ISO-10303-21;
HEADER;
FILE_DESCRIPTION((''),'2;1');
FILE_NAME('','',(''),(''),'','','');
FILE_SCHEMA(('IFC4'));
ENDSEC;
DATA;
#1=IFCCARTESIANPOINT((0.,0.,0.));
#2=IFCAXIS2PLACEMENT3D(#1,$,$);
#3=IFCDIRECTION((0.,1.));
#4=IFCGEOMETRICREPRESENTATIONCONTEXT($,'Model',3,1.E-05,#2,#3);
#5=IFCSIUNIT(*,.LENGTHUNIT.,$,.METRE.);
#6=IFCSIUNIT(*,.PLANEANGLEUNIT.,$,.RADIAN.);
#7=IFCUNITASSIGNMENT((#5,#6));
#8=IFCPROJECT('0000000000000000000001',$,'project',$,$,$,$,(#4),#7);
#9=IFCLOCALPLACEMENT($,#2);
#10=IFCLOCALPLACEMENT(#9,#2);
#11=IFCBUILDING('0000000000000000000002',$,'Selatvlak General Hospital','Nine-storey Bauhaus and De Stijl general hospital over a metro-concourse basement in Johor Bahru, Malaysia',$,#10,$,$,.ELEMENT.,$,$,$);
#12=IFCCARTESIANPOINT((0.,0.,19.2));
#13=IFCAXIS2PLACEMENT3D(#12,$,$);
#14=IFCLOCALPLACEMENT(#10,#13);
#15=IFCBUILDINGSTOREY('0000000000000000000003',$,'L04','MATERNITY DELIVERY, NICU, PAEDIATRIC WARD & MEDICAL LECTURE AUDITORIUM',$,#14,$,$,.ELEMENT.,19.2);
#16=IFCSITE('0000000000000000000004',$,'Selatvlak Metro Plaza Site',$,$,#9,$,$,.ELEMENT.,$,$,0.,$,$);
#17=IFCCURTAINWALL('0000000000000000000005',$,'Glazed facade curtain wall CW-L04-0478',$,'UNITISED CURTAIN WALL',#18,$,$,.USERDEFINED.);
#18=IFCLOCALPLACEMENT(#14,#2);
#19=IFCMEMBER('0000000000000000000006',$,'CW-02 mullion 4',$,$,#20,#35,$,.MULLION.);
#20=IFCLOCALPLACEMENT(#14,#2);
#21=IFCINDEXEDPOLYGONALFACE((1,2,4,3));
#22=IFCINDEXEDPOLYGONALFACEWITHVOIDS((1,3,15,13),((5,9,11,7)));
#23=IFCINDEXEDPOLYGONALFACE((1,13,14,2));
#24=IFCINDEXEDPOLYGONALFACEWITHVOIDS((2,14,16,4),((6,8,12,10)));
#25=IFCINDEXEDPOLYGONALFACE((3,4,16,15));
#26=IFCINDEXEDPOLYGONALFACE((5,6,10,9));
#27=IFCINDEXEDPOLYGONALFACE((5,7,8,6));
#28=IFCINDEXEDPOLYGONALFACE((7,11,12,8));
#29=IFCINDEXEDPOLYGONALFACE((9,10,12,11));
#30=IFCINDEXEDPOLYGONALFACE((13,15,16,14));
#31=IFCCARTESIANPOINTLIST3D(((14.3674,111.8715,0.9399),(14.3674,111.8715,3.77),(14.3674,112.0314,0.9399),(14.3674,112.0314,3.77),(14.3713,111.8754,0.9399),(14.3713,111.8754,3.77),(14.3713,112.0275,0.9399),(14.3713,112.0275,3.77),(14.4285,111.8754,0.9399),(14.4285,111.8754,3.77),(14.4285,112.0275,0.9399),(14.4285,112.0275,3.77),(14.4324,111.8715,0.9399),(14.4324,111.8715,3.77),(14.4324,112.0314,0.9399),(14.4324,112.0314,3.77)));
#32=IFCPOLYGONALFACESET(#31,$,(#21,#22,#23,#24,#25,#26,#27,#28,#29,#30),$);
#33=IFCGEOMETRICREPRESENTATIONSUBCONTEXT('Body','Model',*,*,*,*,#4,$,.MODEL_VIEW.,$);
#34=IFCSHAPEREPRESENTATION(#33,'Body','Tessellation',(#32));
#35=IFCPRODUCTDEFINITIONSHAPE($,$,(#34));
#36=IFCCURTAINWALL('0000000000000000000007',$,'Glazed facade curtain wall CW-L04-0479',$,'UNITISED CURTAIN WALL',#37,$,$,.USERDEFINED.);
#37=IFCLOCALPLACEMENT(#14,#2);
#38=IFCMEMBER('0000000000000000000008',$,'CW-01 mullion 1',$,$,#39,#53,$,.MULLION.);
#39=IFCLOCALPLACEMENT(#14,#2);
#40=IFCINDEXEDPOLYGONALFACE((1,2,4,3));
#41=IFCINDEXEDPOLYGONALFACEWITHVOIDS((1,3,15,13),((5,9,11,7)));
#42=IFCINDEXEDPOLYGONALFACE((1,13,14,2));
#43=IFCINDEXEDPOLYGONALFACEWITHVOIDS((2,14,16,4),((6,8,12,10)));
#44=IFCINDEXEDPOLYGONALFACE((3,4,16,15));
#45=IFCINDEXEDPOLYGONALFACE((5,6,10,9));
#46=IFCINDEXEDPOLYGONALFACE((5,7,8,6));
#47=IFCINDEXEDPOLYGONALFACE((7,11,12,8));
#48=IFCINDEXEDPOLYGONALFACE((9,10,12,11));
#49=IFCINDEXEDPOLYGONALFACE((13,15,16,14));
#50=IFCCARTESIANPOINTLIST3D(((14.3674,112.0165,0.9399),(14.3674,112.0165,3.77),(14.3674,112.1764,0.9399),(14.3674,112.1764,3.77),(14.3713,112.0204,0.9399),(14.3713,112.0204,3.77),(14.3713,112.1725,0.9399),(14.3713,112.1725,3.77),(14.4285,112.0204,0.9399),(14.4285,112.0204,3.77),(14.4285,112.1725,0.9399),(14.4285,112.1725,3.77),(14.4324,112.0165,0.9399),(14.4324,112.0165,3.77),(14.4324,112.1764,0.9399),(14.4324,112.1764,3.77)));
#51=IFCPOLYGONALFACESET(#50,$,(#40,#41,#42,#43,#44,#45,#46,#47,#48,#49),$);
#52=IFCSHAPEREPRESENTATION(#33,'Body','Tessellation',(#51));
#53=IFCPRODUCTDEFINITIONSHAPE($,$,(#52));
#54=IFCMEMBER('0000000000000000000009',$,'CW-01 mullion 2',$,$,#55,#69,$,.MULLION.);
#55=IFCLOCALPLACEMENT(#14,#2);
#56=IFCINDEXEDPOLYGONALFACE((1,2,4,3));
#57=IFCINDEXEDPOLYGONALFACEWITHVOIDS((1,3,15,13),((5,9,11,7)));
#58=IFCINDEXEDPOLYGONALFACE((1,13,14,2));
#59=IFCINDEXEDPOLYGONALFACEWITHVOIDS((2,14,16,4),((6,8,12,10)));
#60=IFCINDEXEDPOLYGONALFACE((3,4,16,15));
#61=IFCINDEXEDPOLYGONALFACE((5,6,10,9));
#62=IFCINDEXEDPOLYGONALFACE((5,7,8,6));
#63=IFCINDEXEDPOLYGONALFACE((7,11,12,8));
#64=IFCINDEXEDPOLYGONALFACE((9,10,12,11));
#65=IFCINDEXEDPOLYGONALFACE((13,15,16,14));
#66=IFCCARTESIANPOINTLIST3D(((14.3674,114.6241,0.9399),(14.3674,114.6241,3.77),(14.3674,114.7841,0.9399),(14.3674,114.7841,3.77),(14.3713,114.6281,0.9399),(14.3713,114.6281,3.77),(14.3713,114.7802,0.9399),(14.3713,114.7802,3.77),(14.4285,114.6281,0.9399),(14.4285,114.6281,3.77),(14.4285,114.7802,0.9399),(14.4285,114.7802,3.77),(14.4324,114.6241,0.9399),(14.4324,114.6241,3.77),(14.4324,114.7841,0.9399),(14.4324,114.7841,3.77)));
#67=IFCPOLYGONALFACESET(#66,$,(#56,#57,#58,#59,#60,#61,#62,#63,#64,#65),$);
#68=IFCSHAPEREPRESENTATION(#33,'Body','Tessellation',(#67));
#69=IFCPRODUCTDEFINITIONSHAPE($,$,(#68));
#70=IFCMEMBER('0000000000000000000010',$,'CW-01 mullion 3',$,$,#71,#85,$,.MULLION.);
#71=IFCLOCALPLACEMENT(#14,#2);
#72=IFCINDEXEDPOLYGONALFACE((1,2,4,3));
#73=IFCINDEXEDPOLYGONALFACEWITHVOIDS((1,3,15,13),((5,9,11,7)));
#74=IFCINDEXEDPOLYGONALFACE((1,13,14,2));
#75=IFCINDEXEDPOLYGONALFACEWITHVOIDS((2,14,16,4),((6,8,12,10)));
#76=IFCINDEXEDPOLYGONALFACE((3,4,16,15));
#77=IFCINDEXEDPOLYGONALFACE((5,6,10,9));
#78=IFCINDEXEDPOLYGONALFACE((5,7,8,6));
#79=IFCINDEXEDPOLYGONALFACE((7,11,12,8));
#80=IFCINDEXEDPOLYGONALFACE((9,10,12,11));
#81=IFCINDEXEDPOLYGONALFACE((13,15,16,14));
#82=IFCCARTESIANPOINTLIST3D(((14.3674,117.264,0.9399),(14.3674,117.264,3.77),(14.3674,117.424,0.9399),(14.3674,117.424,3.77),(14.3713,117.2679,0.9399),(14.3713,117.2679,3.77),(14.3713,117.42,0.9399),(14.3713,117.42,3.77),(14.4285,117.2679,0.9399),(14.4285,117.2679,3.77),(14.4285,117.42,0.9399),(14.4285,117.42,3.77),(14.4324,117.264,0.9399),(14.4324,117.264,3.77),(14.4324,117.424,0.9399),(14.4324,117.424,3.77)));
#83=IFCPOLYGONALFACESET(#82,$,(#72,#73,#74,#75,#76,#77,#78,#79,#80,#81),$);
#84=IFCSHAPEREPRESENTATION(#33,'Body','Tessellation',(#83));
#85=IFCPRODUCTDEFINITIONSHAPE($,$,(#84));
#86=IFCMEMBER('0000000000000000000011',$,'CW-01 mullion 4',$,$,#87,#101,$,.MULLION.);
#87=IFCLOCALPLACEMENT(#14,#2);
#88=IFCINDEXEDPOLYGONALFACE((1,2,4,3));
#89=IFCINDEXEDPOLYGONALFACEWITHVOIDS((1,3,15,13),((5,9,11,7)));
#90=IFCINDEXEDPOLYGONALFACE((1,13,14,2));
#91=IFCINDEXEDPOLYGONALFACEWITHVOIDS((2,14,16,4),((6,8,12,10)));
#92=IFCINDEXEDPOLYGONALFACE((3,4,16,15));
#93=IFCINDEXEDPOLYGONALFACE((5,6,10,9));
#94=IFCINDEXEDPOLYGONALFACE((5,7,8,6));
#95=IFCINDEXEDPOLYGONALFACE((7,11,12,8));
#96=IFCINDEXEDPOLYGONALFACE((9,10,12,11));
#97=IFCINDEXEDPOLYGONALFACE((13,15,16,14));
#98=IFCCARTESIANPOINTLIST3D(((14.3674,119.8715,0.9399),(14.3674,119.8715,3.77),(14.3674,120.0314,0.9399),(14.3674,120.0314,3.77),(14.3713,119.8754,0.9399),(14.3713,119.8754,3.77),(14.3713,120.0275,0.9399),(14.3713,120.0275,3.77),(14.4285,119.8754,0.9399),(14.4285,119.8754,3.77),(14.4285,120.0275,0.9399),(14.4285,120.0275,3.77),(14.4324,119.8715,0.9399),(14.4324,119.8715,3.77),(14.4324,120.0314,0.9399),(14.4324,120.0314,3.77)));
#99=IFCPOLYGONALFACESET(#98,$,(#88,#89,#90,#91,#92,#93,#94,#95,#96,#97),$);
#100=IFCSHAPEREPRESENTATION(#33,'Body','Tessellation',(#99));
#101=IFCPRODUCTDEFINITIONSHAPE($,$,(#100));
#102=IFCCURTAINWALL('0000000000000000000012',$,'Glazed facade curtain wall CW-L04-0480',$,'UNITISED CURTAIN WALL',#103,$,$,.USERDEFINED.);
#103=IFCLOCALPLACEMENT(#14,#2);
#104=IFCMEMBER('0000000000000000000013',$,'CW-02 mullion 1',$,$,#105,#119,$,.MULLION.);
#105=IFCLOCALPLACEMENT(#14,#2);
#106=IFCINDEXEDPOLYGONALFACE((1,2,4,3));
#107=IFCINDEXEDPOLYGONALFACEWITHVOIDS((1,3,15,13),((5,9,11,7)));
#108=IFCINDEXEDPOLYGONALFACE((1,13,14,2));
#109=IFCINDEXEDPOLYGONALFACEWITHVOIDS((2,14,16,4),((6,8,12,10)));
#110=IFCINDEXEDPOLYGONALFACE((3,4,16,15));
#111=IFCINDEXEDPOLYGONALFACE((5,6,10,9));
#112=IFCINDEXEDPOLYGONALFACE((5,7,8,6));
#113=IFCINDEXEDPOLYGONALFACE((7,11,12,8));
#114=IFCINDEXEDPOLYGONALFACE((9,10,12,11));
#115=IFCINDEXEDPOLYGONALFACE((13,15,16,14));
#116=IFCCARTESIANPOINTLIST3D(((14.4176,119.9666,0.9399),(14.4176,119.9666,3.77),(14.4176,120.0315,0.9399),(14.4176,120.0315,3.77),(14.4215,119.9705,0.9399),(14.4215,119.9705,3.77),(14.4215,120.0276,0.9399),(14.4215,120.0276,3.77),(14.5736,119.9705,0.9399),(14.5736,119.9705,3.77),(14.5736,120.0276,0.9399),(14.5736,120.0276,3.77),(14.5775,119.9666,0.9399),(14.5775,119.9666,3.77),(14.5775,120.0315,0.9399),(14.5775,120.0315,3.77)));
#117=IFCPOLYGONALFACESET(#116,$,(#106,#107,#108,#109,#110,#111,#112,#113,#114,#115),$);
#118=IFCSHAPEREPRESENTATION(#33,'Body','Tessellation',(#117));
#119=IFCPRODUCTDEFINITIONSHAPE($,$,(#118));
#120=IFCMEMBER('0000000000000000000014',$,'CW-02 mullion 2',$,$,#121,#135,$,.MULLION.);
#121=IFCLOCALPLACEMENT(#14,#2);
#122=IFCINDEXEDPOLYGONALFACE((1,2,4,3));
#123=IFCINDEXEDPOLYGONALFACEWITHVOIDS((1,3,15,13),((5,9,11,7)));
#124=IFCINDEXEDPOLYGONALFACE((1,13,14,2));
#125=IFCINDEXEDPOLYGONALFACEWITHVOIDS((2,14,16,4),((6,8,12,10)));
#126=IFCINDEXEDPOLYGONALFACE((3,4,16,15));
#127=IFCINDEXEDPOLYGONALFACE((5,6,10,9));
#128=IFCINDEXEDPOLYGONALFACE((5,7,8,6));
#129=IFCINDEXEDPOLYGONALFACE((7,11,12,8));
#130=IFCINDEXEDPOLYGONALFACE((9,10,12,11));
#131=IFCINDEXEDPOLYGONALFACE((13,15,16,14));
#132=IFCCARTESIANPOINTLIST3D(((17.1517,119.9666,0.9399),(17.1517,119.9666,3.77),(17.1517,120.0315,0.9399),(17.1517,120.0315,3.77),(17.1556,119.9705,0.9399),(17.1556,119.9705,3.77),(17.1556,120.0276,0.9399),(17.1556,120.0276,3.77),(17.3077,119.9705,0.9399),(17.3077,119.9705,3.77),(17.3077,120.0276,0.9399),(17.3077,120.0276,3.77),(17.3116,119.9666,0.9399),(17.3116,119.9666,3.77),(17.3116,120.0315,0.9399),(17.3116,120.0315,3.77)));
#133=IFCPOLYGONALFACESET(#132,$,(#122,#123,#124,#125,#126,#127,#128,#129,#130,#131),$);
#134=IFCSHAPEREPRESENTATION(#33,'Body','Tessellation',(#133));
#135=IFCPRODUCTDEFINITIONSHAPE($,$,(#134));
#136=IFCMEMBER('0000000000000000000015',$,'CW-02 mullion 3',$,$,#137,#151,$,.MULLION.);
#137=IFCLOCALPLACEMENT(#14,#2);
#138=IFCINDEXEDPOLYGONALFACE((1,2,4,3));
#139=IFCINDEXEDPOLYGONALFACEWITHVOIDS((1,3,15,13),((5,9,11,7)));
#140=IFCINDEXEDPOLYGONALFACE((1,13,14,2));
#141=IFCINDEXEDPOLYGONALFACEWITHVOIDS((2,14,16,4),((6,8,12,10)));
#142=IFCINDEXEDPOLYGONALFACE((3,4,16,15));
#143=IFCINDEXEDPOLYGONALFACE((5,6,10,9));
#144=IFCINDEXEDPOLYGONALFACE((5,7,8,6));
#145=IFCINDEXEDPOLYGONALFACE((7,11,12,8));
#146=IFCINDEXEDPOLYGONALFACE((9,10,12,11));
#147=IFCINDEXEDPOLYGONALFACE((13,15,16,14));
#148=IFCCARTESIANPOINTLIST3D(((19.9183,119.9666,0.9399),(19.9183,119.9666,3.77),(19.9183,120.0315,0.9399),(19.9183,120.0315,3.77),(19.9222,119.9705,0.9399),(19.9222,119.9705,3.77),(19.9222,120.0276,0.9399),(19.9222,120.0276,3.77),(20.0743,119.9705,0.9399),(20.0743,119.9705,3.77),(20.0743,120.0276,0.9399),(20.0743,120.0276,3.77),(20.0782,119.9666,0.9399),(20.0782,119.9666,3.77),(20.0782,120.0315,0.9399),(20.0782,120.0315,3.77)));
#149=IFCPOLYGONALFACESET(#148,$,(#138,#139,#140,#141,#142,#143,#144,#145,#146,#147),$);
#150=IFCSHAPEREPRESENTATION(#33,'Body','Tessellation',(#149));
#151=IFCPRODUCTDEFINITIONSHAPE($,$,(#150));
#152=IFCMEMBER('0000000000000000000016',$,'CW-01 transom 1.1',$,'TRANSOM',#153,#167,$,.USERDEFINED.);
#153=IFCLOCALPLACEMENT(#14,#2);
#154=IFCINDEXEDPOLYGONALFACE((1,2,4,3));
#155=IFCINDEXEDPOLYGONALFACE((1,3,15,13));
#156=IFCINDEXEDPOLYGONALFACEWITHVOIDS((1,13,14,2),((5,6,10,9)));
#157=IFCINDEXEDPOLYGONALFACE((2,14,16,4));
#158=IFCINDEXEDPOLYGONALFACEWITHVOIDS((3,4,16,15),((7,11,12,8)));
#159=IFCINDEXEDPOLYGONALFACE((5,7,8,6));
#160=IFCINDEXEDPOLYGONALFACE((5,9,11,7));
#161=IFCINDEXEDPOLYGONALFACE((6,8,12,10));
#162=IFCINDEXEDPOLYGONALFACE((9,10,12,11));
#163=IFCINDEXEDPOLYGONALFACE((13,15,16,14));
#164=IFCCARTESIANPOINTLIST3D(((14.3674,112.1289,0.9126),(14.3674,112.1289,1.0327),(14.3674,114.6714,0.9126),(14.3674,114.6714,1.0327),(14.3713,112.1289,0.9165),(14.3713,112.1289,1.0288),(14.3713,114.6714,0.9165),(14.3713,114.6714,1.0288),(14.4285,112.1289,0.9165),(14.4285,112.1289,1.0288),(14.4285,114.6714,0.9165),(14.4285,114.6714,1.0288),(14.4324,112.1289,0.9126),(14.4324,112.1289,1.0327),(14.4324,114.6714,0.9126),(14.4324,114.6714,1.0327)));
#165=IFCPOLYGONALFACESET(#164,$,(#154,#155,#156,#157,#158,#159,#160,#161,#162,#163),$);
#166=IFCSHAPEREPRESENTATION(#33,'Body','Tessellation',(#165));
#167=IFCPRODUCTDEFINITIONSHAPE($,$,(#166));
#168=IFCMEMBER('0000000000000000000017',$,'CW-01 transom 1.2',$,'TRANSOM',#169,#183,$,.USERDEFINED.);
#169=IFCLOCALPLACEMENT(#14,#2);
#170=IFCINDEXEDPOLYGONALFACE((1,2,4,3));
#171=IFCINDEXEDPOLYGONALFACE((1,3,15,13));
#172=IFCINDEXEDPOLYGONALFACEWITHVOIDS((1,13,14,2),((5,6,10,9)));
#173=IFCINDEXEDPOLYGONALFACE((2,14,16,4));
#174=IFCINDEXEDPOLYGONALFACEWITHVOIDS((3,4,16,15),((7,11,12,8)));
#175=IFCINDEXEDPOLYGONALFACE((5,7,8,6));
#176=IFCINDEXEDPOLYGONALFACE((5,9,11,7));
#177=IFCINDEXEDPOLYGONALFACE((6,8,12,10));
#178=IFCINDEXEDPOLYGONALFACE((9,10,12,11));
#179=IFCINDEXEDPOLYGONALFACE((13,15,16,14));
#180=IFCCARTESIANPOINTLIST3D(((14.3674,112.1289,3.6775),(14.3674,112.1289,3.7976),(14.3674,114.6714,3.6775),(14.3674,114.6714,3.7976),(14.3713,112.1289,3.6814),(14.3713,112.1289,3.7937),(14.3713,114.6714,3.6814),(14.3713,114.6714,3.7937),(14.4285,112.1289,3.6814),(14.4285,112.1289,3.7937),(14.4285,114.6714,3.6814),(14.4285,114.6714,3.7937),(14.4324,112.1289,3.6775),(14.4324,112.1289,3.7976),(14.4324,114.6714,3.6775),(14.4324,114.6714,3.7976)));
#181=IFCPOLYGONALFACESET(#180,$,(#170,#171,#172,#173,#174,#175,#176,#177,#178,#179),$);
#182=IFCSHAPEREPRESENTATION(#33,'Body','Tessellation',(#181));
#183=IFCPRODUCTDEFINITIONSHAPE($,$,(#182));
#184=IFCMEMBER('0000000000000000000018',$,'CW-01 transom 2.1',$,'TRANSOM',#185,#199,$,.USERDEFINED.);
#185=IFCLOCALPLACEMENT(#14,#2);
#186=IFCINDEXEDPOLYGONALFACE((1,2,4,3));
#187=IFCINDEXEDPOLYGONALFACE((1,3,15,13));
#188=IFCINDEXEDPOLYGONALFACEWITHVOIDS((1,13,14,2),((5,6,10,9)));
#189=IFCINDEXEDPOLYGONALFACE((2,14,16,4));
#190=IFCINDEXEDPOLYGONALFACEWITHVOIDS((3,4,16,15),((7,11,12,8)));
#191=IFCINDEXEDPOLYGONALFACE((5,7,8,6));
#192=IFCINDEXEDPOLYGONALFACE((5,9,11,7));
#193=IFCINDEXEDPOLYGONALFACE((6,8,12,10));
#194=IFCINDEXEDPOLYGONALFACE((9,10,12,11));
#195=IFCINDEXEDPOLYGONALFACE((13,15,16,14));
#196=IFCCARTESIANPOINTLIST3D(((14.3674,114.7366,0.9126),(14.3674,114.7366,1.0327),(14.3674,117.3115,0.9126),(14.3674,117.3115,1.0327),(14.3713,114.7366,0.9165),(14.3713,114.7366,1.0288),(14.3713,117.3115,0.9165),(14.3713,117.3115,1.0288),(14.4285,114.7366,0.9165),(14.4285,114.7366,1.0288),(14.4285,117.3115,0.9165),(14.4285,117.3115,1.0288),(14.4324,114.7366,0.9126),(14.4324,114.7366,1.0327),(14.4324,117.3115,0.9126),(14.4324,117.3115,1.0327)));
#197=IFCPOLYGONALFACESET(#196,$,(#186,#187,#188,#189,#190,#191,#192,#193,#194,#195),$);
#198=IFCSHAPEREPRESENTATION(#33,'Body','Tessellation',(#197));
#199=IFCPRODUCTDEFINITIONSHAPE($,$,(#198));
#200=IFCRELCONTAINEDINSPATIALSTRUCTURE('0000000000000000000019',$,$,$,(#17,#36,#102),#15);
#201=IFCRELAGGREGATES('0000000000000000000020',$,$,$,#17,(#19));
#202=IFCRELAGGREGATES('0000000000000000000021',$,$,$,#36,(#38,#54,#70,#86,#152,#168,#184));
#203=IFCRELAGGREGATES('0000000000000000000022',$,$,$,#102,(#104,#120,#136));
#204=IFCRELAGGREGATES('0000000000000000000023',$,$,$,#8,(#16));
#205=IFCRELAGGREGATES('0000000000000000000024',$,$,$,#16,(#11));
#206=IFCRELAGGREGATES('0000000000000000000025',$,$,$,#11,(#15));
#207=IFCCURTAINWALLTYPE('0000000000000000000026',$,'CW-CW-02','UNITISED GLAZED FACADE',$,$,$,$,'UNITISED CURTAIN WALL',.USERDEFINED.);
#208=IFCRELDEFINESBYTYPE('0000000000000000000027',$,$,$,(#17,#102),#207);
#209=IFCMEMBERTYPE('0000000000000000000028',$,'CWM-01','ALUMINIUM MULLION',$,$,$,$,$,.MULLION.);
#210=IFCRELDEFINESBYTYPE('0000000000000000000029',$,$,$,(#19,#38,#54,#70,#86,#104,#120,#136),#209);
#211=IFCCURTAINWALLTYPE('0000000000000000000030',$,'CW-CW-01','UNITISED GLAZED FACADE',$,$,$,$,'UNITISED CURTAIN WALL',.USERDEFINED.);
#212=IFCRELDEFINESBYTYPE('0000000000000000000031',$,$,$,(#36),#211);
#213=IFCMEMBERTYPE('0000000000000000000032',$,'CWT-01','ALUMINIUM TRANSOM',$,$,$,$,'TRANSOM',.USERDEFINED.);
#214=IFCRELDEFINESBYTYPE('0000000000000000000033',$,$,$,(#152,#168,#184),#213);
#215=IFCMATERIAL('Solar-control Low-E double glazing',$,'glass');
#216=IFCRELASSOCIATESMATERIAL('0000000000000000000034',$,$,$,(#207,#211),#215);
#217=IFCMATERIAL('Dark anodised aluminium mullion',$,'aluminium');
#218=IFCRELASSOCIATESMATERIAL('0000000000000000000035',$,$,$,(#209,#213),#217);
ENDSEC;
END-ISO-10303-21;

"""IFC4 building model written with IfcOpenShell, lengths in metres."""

from ifc_helpers import new_model, si_unit, direction, frame, origin, origin_2d, place, context, subcontext, project, spatial, hollow_rectangle, extrude, material, material_profile, profile_set, type_object, element, aggregate, save


model = new_model("IFC4")

# Units and contexts
model_context = context("Model", 3, precision=1e-05, world=origin(), true_north=direction((0.0, 1.0)))
body_context = subcontext(model_context, "Body", "Model", "MODEL_VIEW")
ifc_project = project(units=[si_unit("LENGTHUNIT", "METRE"), si_unit("PLANEANGLEUNIT", "RADIAN")], contexts=[model_context])

# Site, building, storey
site_placement = place(None, origin())
site = spatial("IfcSite", under=ifc_project, at=site_placement, Name="Selatvlak Metro Plaza Site", CompositionType="ELEMENT", RefElevation=0.0)
building_placement = place(site_placement, origin())
building = spatial("IfcBuilding", under=site, at=building_placement, Name="Selatvlak General Hospital", Description="Nine-storey Bauhaus and De Stijl general hospital over a metro-concourse basement in Johor Bahru, Malaysia", CompositionType="ELEMENT")
storey_placement = place(building_placement, frame((0.0, 0.0, 19.2)))
storey = spatial("IfcBuildingStorey", under=building, at=storey_placement, Name="L04", Description="MATERNITY DELIVERY, NICU, PAEDIATRIC WARD & MEDICAL LECTURE AUDITORIUM", CompositionType="ELEMENT", Elevation=19.2)

# Curtain wall, member
ifc_material_1 = material(Name="Solar-control Low-E double glazing", Category="glass")
curtain_wall_type_1 = type_object("IfcCurtainWallType", Name="CW-CW-02", Description="UNITISED GLAZED FACADE", ElementType="UNITISED CURTAIN WALL", PredefinedType="USERDEFINED", material=ifc_material_1)
curtain_wall_1_placement = place(storey_placement, origin())
curtain_wall_1 = element("IfcCurtainWall", 1, at=curtain_wall_1_placement, inside=storey, type_object=curtain_wall_type_1, Name="Glazed facade curtain wall CW-L04-0478", ObjectType="UNITISED CURTAIN WALL", PredefinedType="USERDEFINED")
ifc_material_2 = material(Name="Dark anodised aluminium mullion", Category="aluminium")
ifc_material_profile_1 = material_profile(ifc_material_2, hollow_rectangle(XDim=0.0649, YDim=0.1599, WallThickness=0.0039, at=origin_2d()), Name="AL-MUL 65x160x4")
ifc_profile_set_1 = profile_set([ifc_material_profile_1], Name="Dark anodised aluminium mullion")
member_type_1 = type_object("IfcMemberType", Name="CWM-01", Description="ALUMINIUM MULLION", PredefinedType="MULLION", material=ifc_profile_set_1)
member_1_placement = place(storey_placement, frame((14.3999, 111.9514, 0.9399), z_axis=(0.0, 0.0, 1.0), x_axis=(-1.0, 0.0, 0.0)))
member_1 = element("IfcMember", 2, at=member_1_placement, type_object=member_type_1, Name="CW-02 mullion 4", PredefinedType="MULLION", context=body_context, shape_type="SweptSolid", body=[
    extrude(hollow_rectangle(XDim=0.0649, YDim=0.1599, WallThickness=0.0039, at=origin_2d()), origin(), (0.0, 0.0, 1.0), 2.8301),
])

# Curtain walls, members
curtain_wall_type_2 = type_object("IfcCurtainWallType", Name="CW-CW-01", Description="UNITISED GLAZED FACADE", ElementType="UNITISED CURTAIN WALL", PredefinedType="USERDEFINED", material=ifc_material_1)
curtain_wall_2_placement = place(storey_placement, origin())
curtain_wall_2 = element("IfcCurtainWall", 3, at=curtain_wall_2_placement, inside=storey, type_object=curtain_wall_type_2, Name="Glazed facade curtain wall CW-L04-0479", ObjectType="UNITISED CURTAIN WALL", PredefinedType="USERDEFINED")
member_2_placement = place(storey_placement, frame((14.3999, 112.0964, 0.9399), z_axis=(0.0, 0.0, 1.0), x_axis=(-1.0, 0.0, 0.0)))
member_2 = element("IfcMember", 4, at=member_2_placement, type_object=member_type_1, Name="CW-01 mullion 1", PredefinedType="MULLION", context=body_context, shape_type="SweptSolid", body=[
    extrude(hollow_rectangle(XDim=0.0649, YDim=0.1599, WallThickness=0.0039, at=origin_2d()), origin(), (0.0, 0.0, 1.0), 2.8301),
])
member_3_placement = place(storey_placement, frame((14.3999, 114.7041, 0.9399), z_axis=(0.0, 0.0, 1.0), x_axis=(-1.0, 0.0, 0.0)))
member_3 = element("IfcMember", 5, at=member_3_placement, type_object=member_type_1, Name="CW-01 mullion 2", PredefinedType="MULLION", context=body_context, shape_type="SweptSolid", body=[
    extrude(hollow_rectangle(XDim=0.0649, YDim=0.1599, WallThickness=0.0039, at=origin_2d()), origin(), (0.0, 0.0, 1.0), 2.8301),
])
member_4_placement = place(storey_placement, frame((14.3999, 117.344, 0.9399), z_axis=(0.0, 0.0, 1.0), x_axis=(-1.0, 0.0, 0.0)))
member_4 = element("IfcMember", 6, at=member_4_placement, type_object=member_type_1, Name="CW-01 mullion 3", PredefinedType="MULLION", context=body_context, shape_type="SweptSolid", body=[
    extrude(hollow_rectangle(XDim=0.0649, YDim=0.1599, WallThickness=0.0039, at=origin_2d()), origin(), (0.0, 0.0, 1.0), 2.8301),
])
member_5_placement = place(storey_placement, frame((14.3999, 119.9514, 0.9399), z_axis=(0.0, 0.0, 1.0), x_axis=(-1.0, 0.0, 0.0)))
member_5 = element("IfcMember", 7, at=member_5_placement, type_object=member_type_1, Name="CW-01 mullion 4", PredefinedType="MULLION", context=body_context, shape_type="SweptSolid", body=[
    extrude(hollow_rectangle(XDim=0.0649, YDim=0.1599, WallThickness=0.0039, at=origin_2d()), origin(), (0.0, 0.0, 1.0), 2.8301),
])
curtain_wall_3_placement = place(storey_placement, origin())
curtain_wall_3 = element("IfcCurtainWall", 8, at=curtain_wall_3_placement, inside=storey, type_object=curtain_wall_type_1, Name="Glazed facade curtain wall CW-L04-0480", ObjectType="UNITISED CURTAIN WALL", PredefinedType="USERDEFINED")
member_6_placement = place(storey_placement, frame((14.4976, 119.999, 0.9399), z_axis=(0.0, 0.0, 1.0), x_axis=(0.0, 1.0, 0.0)))
member_6 = element("IfcMember", 9, at=member_6_placement, type_object=member_type_1, Name="CW-02 mullion 1", PredefinedType="MULLION", context=body_context, shape_type="SweptSolid", body=[
    extrude(hollow_rectangle(XDim=0.0649, YDim=0.1599, WallThickness=0.0039, at=origin_2d()), origin(), (0.0, 0.0, 1.0), 2.8301),
])
member_7_placement = place(storey_placement, frame((17.2317, 119.999, 0.9399), z_axis=(0.0, 0.0, 1.0), x_axis=(0.0, 1.0, 0.0)))
member_7 = element("IfcMember", 10, at=member_7_placement, type_object=member_type_1, Name="CW-02 mullion 2", PredefinedType="MULLION", context=body_context, shape_type="SweptSolid", body=[
    extrude(hollow_rectangle(XDim=0.0649, YDim=0.1599, WallThickness=0.0039, at=origin_2d()), origin(), (0.0, 0.0, 1.0), 2.8301),
])
member_8_placement = place(storey_placement, frame((19.9983, 119.999, 0.9399), z_axis=(0.0, 0.0, 1.0), x_axis=(0.0, 1.0, 0.0)))
member_8 = element("IfcMember", 11, at=member_8_placement, type_object=member_type_1, Name="CW-02 mullion 3", PredefinedType="MULLION", context=body_context, shape_type="SweptSolid", body=[
    extrude(hollow_rectangle(XDim=0.0649, YDim=0.1599, WallThickness=0.0039, at=origin_2d()), origin(), (0.0, 0.0, 1.0), 2.8301),
])

# Members
ifc_material_profile_2 = material_profile(ifc_material_2, hollow_rectangle(XDim=0.0649, YDim=0.1201, WallThickness=0.0039, at=origin_2d()), Name="AL-TRN 65x120x4")
ifc_profile_set_2 = profile_set([ifc_material_profile_2], Name="Dark anodised aluminium mullion")
member_type_2 = type_object("IfcMemberType", Name="CWT-01", Description="ALUMINIUM TRANSOM", ElementType="TRANSOM", PredefinedType="USERDEFINED", material=ifc_profile_set_2)
member_9_placement = place(storey_placement, frame((14.3999, 112.1289, 0.9727), z_axis=(0.0, 1.0, 0.0), x_axis=(-1.0, 0.0, 0.0)))
member_9 = element("IfcMember", 12, at=member_9_placement, type_object=member_type_2, Name="CW-01 transom 1.1", ObjectType="TRANSOM", PredefinedType="USERDEFINED", context=body_context, shape_type="SweptSolid", body=[
    extrude(hollow_rectangle(XDim=0.0649, YDim=0.1201, WallThickness=0.0039, at=origin_2d()), origin(), (0.0, 0.0, 1.0), 2.5425),
])
member_10_placement = place(storey_placement, frame((14.3999, 112.1289, 3.7375), z_axis=(0.0, 1.0, 0.0), x_axis=(-1.0, 0.0, 0.0)))
member_10 = element("IfcMember", 13, at=member_10_placement, type_object=member_type_2, Name="CW-01 transom 1.2", ObjectType="TRANSOM", PredefinedType="USERDEFINED", context=body_context, shape_type="SweptSolid", body=[
    extrude(hollow_rectangle(XDim=0.0649, YDim=0.1201, WallThickness=0.0039, at=origin_2d()), origin(), (0.0, 0.0, 1.0), 2.5425),
])
member_11_placement = place(storey_placement, frame((14.3999, 114.7366, 0.9727), z_axis=(0.0, 1.0, 0.0), x_axis=(-1.0, 0.0, 0.0)))
member_11 = element("IfcMember", 14, at=member_11_placement, type_object=member_type_2, Name="CW-01 transom 2.1", ObjectType="TRANSOM", PredefinedType="USERDEFINED", context=body_context, shape_type="SweptSolid", body=[
    extrude(hollow_rectangle(XDim=0.0649, YDim=0.1201, WallThickness=0.0039, at=origin_2d()), origin(), (0.0, 0.0, 1.0), 2.575),
])

aggregate(curtain_wall_1, [member_1])
aggregate(curtain_wall_2, [member_2, member_3, member_4, member_5, member_9, member_10, member_11])
aggregate(curtain_wall_3, [member_6, member_7, member_8])

save(model, "model.ifc")
